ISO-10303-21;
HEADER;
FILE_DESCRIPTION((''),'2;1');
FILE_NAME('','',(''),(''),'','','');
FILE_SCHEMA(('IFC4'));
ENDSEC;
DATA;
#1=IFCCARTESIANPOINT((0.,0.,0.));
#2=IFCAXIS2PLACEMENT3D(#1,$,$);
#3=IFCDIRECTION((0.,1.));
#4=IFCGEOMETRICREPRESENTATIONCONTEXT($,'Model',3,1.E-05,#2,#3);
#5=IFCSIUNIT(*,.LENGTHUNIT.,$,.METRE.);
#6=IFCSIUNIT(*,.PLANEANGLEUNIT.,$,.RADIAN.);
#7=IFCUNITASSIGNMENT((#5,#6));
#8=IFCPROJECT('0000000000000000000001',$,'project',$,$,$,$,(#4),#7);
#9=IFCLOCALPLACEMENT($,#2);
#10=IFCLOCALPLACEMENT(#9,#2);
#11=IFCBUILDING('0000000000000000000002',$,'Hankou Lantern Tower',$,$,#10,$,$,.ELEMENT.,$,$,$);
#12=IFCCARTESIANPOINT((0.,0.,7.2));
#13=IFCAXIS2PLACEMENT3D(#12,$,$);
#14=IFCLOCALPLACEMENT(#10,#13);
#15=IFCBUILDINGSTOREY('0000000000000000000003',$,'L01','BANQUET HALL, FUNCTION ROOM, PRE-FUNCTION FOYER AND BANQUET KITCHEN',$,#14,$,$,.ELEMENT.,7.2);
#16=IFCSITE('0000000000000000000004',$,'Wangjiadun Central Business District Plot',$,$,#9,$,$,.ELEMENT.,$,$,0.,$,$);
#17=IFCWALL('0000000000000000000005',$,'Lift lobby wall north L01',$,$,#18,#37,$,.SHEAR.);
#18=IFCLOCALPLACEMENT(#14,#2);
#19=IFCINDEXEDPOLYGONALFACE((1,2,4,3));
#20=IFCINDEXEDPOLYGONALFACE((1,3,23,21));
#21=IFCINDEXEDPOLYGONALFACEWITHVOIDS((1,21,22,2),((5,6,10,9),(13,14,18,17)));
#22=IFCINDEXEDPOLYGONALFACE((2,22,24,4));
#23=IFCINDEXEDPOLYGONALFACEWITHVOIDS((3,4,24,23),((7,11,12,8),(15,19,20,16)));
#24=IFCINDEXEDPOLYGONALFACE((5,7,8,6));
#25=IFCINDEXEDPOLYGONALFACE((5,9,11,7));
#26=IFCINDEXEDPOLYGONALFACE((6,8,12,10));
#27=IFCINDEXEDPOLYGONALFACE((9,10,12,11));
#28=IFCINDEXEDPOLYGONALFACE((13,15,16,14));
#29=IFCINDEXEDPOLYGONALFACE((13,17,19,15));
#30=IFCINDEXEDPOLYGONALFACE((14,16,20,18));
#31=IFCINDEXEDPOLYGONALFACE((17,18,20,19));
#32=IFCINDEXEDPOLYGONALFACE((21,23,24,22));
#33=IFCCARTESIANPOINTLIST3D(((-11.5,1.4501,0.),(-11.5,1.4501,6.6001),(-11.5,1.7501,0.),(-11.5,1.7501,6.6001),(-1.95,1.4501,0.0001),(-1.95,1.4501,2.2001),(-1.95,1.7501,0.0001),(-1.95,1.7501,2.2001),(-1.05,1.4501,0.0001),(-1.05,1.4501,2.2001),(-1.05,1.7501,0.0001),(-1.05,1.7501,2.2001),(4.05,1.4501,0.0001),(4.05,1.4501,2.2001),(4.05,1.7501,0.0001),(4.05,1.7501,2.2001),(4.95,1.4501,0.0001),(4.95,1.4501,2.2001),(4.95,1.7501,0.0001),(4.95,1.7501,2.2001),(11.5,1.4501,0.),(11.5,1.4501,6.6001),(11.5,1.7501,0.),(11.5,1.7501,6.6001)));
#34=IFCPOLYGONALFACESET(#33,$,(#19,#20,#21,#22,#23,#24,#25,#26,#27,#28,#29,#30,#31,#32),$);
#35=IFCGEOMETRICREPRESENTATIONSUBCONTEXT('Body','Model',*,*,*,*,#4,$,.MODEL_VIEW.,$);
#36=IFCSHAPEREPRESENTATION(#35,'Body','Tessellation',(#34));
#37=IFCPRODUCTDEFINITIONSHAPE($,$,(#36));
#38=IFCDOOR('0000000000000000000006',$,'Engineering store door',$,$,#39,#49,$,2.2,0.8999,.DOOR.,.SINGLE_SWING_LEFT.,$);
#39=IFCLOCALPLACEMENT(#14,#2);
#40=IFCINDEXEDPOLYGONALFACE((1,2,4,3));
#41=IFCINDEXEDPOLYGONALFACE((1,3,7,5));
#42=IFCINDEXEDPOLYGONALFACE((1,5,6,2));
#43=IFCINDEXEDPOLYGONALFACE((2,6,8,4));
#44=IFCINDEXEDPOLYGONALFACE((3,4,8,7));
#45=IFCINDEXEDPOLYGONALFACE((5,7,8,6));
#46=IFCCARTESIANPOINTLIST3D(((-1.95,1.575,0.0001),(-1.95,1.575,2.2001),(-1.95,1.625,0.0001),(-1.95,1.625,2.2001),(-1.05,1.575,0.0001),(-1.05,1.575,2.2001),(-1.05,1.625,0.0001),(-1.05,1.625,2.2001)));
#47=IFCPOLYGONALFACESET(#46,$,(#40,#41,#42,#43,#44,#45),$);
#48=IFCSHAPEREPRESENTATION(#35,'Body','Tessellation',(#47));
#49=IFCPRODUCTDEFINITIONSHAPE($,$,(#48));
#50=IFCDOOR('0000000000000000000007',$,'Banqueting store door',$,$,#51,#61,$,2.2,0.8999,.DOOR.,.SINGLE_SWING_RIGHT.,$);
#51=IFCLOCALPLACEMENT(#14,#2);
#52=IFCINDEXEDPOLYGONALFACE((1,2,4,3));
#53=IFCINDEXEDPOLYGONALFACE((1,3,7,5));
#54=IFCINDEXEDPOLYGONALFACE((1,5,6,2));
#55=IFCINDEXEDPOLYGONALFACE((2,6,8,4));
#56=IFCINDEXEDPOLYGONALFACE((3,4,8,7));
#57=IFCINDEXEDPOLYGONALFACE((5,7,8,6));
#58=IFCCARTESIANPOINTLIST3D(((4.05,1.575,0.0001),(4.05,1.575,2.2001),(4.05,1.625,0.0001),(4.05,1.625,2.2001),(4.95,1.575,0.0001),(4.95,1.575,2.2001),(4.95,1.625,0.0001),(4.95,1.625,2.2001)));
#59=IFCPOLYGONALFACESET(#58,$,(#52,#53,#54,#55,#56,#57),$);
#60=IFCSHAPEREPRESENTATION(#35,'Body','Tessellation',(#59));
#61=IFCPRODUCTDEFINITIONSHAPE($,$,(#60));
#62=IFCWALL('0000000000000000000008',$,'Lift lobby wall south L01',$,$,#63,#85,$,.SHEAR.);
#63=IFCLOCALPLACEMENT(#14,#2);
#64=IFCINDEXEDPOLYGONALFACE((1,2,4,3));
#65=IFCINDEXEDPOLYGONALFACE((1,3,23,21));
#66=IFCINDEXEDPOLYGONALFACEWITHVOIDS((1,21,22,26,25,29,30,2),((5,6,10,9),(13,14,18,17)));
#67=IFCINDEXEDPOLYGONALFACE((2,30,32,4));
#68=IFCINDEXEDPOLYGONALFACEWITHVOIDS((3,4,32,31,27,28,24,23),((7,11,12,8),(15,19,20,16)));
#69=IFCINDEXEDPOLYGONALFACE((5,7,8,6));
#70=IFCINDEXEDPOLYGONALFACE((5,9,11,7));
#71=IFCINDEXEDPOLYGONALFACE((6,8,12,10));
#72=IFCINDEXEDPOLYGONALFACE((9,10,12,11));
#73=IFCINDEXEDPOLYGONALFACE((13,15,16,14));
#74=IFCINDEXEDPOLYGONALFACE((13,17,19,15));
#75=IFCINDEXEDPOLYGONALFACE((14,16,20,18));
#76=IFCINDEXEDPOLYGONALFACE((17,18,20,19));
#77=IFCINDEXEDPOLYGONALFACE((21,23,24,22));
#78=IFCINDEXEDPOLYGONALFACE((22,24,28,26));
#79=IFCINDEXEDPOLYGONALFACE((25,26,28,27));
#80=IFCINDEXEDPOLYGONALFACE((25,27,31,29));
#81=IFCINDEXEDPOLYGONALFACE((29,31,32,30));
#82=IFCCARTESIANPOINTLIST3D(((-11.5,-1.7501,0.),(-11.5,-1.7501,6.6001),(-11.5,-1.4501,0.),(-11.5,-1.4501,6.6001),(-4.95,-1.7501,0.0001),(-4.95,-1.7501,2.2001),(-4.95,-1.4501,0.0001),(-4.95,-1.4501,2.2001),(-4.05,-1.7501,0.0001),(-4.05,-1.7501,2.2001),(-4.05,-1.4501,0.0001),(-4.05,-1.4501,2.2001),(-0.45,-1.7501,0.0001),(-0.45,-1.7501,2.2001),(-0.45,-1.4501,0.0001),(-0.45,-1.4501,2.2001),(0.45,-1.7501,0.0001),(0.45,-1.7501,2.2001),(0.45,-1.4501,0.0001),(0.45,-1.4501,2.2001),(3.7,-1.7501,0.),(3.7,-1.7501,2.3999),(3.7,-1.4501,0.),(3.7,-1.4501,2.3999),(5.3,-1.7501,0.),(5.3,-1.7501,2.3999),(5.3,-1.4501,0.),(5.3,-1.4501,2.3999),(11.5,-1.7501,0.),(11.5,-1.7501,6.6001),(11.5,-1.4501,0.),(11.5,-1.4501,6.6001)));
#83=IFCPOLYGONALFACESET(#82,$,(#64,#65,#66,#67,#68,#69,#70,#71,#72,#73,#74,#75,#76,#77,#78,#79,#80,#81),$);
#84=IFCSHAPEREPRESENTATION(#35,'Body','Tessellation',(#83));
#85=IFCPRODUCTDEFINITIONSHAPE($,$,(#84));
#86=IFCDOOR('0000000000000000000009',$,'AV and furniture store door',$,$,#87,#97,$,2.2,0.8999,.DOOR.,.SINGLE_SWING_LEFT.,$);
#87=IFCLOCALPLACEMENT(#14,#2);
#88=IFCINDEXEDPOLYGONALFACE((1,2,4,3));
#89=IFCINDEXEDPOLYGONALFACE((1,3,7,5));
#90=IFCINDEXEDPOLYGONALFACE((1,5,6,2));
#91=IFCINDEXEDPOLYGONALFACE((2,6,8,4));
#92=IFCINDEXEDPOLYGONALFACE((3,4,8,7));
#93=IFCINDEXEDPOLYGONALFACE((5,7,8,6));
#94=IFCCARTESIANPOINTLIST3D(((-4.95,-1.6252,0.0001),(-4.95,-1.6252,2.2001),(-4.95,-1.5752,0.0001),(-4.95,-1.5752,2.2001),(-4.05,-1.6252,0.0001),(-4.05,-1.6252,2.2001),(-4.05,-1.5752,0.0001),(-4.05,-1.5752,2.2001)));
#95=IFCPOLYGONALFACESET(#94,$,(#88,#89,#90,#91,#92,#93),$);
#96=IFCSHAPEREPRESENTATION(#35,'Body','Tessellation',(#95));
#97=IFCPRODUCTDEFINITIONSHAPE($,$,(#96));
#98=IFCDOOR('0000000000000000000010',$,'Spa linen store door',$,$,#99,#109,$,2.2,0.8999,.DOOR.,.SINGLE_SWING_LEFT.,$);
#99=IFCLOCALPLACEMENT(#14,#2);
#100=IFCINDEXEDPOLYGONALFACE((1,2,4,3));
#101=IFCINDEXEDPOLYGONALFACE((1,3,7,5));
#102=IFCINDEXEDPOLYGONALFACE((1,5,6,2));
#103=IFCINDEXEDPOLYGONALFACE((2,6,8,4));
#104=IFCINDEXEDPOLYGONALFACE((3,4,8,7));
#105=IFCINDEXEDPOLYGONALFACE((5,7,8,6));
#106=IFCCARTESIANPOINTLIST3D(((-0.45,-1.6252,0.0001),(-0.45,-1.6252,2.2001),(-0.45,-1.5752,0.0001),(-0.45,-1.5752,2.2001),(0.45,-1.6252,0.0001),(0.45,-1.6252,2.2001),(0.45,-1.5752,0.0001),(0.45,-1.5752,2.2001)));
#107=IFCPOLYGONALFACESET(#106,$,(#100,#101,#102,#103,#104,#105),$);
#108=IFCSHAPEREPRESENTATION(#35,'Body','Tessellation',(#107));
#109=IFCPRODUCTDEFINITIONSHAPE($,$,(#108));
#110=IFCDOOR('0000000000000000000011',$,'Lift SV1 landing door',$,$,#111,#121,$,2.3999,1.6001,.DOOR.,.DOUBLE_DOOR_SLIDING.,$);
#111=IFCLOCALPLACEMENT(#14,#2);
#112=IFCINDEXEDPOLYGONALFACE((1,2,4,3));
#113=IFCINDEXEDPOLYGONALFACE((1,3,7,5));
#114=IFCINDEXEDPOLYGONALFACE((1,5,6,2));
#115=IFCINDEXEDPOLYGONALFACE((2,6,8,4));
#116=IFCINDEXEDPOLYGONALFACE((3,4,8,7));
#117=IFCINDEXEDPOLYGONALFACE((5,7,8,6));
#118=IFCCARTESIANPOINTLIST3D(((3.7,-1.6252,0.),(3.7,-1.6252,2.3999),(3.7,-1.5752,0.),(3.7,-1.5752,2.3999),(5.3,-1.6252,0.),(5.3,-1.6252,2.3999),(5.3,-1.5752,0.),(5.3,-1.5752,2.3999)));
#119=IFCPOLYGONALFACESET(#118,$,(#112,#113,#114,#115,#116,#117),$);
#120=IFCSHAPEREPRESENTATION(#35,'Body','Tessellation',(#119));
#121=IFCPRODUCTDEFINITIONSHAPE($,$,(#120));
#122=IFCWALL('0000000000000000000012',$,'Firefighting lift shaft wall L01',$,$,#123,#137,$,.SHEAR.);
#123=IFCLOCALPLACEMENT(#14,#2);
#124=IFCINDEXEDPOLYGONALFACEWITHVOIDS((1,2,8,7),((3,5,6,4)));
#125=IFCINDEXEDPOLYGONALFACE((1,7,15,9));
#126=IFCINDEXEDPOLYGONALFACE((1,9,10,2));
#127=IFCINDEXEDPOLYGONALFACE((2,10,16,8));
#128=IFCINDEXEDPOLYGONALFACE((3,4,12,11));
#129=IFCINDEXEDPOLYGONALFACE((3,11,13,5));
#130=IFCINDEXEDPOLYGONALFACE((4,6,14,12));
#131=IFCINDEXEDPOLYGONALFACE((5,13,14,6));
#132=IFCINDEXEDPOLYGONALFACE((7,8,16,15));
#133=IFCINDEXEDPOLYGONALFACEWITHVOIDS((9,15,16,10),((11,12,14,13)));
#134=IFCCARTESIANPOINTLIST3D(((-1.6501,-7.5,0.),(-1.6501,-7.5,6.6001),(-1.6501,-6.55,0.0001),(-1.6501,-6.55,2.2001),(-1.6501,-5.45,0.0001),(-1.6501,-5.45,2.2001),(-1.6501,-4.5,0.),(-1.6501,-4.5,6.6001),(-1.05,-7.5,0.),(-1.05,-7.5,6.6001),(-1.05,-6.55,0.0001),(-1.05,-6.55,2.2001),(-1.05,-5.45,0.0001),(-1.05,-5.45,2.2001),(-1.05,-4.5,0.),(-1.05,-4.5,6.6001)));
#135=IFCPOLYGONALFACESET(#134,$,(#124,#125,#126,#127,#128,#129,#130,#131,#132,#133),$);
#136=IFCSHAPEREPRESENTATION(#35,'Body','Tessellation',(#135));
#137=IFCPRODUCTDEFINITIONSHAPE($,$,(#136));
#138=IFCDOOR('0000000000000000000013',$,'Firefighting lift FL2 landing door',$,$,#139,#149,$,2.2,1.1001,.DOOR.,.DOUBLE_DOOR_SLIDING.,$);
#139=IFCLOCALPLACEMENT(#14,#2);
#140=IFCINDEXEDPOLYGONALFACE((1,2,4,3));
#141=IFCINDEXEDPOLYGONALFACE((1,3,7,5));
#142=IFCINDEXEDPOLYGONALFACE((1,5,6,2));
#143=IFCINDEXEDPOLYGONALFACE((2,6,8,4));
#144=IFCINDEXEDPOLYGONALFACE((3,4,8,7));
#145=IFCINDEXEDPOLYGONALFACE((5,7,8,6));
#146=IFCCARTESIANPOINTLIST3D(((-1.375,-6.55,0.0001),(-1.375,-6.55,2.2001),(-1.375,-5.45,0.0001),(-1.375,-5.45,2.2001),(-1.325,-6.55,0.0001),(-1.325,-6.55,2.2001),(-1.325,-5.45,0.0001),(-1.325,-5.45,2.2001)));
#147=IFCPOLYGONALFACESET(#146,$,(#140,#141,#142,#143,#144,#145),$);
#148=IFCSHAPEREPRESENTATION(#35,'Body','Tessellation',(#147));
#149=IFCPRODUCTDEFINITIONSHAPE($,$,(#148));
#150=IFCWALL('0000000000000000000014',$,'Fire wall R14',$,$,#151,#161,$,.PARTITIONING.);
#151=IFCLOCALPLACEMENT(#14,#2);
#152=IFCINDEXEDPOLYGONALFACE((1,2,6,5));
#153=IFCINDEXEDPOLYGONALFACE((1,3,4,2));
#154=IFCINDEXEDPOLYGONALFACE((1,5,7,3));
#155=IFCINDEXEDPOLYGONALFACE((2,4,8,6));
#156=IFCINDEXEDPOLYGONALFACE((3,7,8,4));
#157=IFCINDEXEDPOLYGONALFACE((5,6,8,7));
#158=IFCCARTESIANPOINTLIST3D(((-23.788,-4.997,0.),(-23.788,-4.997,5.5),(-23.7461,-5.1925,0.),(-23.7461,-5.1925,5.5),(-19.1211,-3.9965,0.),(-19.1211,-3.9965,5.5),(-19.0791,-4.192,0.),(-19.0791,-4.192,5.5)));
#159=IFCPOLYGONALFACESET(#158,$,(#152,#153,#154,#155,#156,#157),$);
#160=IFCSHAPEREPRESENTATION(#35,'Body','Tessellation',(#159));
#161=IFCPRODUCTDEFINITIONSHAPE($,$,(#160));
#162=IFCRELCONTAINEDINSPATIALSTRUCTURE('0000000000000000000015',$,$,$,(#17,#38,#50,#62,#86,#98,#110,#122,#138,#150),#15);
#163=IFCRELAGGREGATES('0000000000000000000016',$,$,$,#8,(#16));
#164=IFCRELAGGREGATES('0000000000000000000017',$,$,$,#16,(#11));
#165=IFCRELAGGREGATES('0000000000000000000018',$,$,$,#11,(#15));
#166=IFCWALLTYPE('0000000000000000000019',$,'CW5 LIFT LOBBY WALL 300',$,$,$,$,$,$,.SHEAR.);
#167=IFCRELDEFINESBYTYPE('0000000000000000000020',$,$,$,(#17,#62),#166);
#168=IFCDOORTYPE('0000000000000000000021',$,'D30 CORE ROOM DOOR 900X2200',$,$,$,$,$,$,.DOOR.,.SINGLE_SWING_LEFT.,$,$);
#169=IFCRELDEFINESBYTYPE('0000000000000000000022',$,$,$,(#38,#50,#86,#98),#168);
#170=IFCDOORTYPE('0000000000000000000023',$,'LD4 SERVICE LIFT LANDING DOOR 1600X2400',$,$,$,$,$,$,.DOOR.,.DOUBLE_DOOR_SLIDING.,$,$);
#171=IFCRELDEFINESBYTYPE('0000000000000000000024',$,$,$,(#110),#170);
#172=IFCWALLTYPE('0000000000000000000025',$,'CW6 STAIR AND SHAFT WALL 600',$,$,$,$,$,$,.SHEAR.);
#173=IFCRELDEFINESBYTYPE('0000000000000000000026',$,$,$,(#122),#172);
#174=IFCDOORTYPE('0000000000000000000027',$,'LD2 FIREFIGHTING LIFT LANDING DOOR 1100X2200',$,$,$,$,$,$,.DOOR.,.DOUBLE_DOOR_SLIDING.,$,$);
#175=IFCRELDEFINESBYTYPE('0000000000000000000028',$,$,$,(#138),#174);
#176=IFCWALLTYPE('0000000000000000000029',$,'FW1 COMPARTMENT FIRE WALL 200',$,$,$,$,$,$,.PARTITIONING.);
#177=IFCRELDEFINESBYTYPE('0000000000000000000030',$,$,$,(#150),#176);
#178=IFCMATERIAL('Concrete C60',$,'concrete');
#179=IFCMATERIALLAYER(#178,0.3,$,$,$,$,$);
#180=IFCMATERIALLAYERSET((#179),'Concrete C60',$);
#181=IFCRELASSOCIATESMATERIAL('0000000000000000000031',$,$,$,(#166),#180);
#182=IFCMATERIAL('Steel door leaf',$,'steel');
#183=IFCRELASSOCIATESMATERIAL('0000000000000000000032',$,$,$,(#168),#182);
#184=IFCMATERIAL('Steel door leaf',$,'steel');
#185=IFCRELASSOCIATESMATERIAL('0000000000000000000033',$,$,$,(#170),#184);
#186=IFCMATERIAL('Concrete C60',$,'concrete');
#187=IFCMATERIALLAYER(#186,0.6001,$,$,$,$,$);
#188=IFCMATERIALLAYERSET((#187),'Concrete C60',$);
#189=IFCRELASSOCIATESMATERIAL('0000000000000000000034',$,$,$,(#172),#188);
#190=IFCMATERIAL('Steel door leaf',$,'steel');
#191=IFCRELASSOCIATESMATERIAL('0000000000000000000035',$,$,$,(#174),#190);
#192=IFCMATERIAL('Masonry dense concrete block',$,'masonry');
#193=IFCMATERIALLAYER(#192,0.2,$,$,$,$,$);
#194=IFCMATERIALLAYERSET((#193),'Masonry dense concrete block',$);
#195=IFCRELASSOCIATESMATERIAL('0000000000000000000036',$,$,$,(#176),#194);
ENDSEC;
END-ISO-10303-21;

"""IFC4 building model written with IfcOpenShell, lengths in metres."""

from ifc_helpers import new_model, si_unit, direction, frame, frame_2d, origin, place, context, subcontext, project, spatial, rectangle, extrude, material, layer, layer_set, type_object, element, fill, save


model = new_model("IFC4")

# Units and contexts
model_context = context("Model", 3, precision=1e-05, world=origin(), true_north=direction((0.0, 1.0)))
body_context = subcontext(model_context, "Body", "Model", "MODEL_VIEW")
ifc_project = project(units=[si_unit("LENGTHUNIT", "METRE"), si_unit("PLANEANGLEUNIT", "RADIAN")], contexts=[model_context])

# Site, building, storey
site_placement = place(None, origin())
site = spatial("IfcSite", under=ifc_project, at=site_placement, Name="Wangjiadun Central Business District Plot", CompositionType="ELEMENT", RefElevation=0.0)
building_placement = place(site_placement, origin())
building = spatial("IfcBuilding", under=site, at=building_placement, Name="Hankou Lantern Tower", CompositionType="ELEMENT")
storey_placement = place(building_placement, frame((0.0, 0.0, 7.2)))
storey = spatial("IfcBuildingStorey", under=building, at=storey_placement, Name="L01", Description="BANQUET HALL, FUNCTION ROOM, PRE-FUNCTION FOYER AND BANQUET KITCHEN", CompositionType="ELEMENT", Elevation=7.2)

# Walls, openings, doors
ifc_material_1 = material(Name="Concrete C60", Category="concrete")
ifc_layer_1 = layer(ifc_material_1, 0.3)
ifc_layer_set_1 = layer_set([ifc_layer_1], Name="Concrete C60")
wall_type_1 = type_object("IfcWallType", Name="CW5 LIFT LOBBY WALL 300", PredefinedType="SHEAR", material=ifc_layer_set_1)
wall_1_placement = place(storey_placement, frame((-11.5, 1.6001, 0.0), z_axis=(0.0, 0.0, 1.0), x_axis=(1.0, 0.0, 0.0)))
wall_1 = element("IfcWall", 1, at=wall_1_placement, inside=storey, type_object=wall_type_1, Name="Lift lobby wall north L01", PredefinedType="SHEAR", context=body_context, shape_type="SweptSolid", body=[
    extrude(rectangle(XDim=23.0, YDim=0.3, at=frame_2d((11.5, 0.0))), origin(), (0.0, 0.0, 1.0), 6.6001),
])
opening_1_placement = place(wall_1_placement, frame((9.55, 0.0, 0.0)))
opening_1 = element("IfcOpeningElement", 2, at=opening_1_placement, cuts=wall_1, PredefinedType="OPENING", context=body_context, shape_type="SweptSolid", body=[
    extrude(rectangle(XDim=0.8999, YDim=2.2, at=frame_2d((0.45, 1.1001))), frame((0.0, 0.1599, 0.0), z_axis=(0.0, -1.0, 0.0), x_axis=(1.0, 0.0, 0.0)), (0.0, 0.0, 1.0), 0.3201),
])
opening_2_placement = place(wall_1_placement, frame((15.55, 0.0, 0.0)))
opening_2 = element("IfcOpeningElement", 3, at=opening_2_placement, cuts=wall_1, PredefinedType="OPENING", context=body_context, shape_type="SweptSolid", body=[
    extrude(rectangle(XDim=0.8999, YDim=2.2, at=frame_2d((0.45, 1.1001))), frame((0.0, 0.1599, 0.0), z_axis=(0.0, -1.0, 0.0), x_axis=(1.0, 0.0, 0.0)), (0.0, 0.0, 1.0), 0.3201),
])
ifc_material_2 = material(Name="Steel door leaf", Category="steel")
door_type_1 = type_object("IfcDoorType", Name="D30 CORE ROOM DOOR 900X2200", OperationType="SINGLE_SWING_LEFT", PredefinedType="DOOR", material=ifc_material_2)
door_1_placement = place(opening_1_placement, origin())
door_1 = element("IfcDoor", 4, at=door_1_placement, inside=storey, type_object=door_type_1, Name="Engineering store door", OperationType="SINGLE_SWING_LEFT", OverallHeight=2.2, OverallWidth=0.8999, PredefinedType="DOOR", context=body_context, shape_type="SweptSolid", body=[
    extrude(rectangle(XDim=0.8999, YDim=2.2, at=frame_2d((0.45, 1.1001))), frame((0.0, 0.0249, 0.0), z_axis=(0.0, -1.0, 0.0), x_axis=(1.0, 0.0, 0.0)), (0.0, 0.0, 1.0), 0.05),
])
fill(opening_1, door_1)
door_2_placement = place(opening_2_placement, origin())
door_2 = element("IfcDoor", 5, at=door_2_placement, inside=storey, type_object=door_type_1, Name="Banqueting store door", OperationType="SINGLE_SWING_RIGHT", OverallHeight=2.2, OverallWidth=0.8999, PredefinedType="DOOR", context=body_context, shape_type="SweptSolid", body=[
    extrude(rectangle(XDim=0.8999, YDim=2.2, at=frame_2d((0.45, 1.1001))), frame((0.0, 0.0249, 0.0), z_axis=(0.0, -1.0, 0.0), x_axis=(1.0, 0.0, 0.0)), (0.0, 0.0, 1.0), 0.05),
])
fill(opening_2, door_2)
wall_2_placement = place(storey_placement, frame((-11.5, -1.6001, 0.0), z_axis=(0.0, 0.0, 1.0), x_axis=(1.0, 0.0, 0.0)))
wall_2 = element("IfcWall", 6, at=wall_2_placement, inside=storey, type_object=wall_type_1, Name="Lift lobby wall south L01", PredefinedType="SHEAR", context=body_context, shape_type="SweptSolid", body=[
    extrude(rectangle(XDim=23.0, YDim=0.3, at=frame_2d((11.5, 0.0))), origin(), (0.0, 0.0, 1.0), 6.6001),
])
opening_3_placement = place(wall_2_placement, frame((15.2, 0.0, 0.0)))
opening_3 = element("IfcOpeningElement", 7, at=opening_3_placement, cuts=wall_2, PredefinedType="OPENING", context=body_context, shape_type="SweptSolid", body=[
    extrude(rectangle(XDim=1.6001, YDim=2.3999, at=frame_2d((0.8, 1.2))), frame((0.0, 0.1599, 0.0), z_axis=(0.0, -1.0, 0.0), x_axis=(1.0, 0.0, 0.0)), (0.0, 0.0, 1.0), 0.3201),
])
opening_4_placement = place(wall_2_placement, frame((6.55, 0.0, 0.0)))
opening_4 = element("IfcOpeningElement", 8, at=opening_4_placement, cuts=wall_2, PredefinedType="OPENING", context=body_context, shape_type="SweptSolid", body=[
    extrude(rectangle(XDim=0.8999, YDim=2.2, at=frame_2d((0.45, 1.1001))), frame((0.0, 0.1599, 0.0), z_axis=(0.0, -1.0, 0.0), x_axis=(1.0, 0.0, 0.0)), (0.0, 0.0, 1.0), 0.3201),
])
opening_5_placement = place(wall_2_placement, frame((11.05, 0.0, 0.0)))
opening_5 = element("IfcOpeningElement", 9, at=opening_5_placement, cuts=wall_2, PredefinedType="OPENING", context=body_context, shape_type="SweptSolid", body=[
    extrude(rectangle(XDim=0.8999, YDim=2.2, at=frame_2d((0.45, 1.1001))), frame((0.0, 0.1599, 0.0), z_axis=(0.0, -1.0, 0.0), x_axis=(1.0, 0.0, 0.0)), (0.0, 0.0, 1.0), 0.3201),
])
door_3_placement = place(opening_4_placement, origin())
door_3 = element("IfcDoor", 10, at=door_3_placement, inside=storey, type_object=door_type_1, Name="AV and furniture store door", OperationType="SINGLE_SWING_LEFT", OverallHeight=2.2, OverallWidth=0.8999, PredefinedType="DOOR", context=body_context, shape_type="SweptSolid", body=[
    extrude(rectangle(XDim=0.8999, YDim=2.2, at=frame_2d((0.45, 1.1001))), frame((0.0, 0.0249, 0.0), z_axis=(0.0, -1.0, 0.0), x_axis=(1.0, 0.0, 0.0)), (0.0, 0.0, 1.0), 0.05),
])
fill(opening_4, door_3)
door_4_placement = place(opening_5_placement, origin())
door_4 = element("IfcDoor", 11, at=door_4_placement, inside=storey, type_object=door_type_1, Name="Spa linen store door", OperationType="SINGLE_SWING_LEFT", OverallHeight=2.2, OverallWidth=0.8999, PredefinedType="DOOR", context=body_context, shape_type="SweptSolid", body=[
    extrude(rectangle(XDim=0.8999, YDim=2.2, at=frame_2d((0.45, 1.1001))), frame((0.0, 0.0249, 0.0), z_axis=(0.0, -1.0, 0.0), x_axis=(1.0, 0.0, 0.0)), (0.0, 0.0, 1.0), 0.05),
])
fill(opening_5, door_4)
ifc_material_3 = material(Name="Steel door leaf", Category="steel")
door_type_2 = type_object("IfcDoorType", Name="LD4 SERVICE LIFT LANDING DOOR 1600X2400", OperationType="DOUBLE_DOOR_SLIDING", PredefinedType="DOOR", material=ifc_material_3)
door_5_placement = place(opening_3_placement, origin())
door_5 = element("IfcDoor", 12, at=door_5_placement, inside=storey, type_object=door_type_2, Name="Lift SV1 landing door", OperationType="DOUBLE_DOOR_SLIDING", OverallHeight=2.3999, OverallWidth=1.6001, PredefinedType="DOOR", context=body_context, shape_type="SweptSolid", body=[
    extrude(rectangle(XDim=1.6001, YDim=2.3999, at=frame_2d((0.8, 1.2))), frame((0.0, 0.0249, 0.0), z_axis=(0.0, -1.0, 0.0), x_axis=(1.0, 0.0, 0.0)), (0.0, 0.0, 1.0), 0.05),
])
fill(opening_3, door_5)

# Wall, opening, door
ifc_material_4 = material(Name="Concrete C60", Category="concrete")
ifc_layer_2 = layer(ifc_material_4, 0.6001)
ifc_layer_set_2 = layer_set([ifc_layer_2], Name="Concrete C60")
wall_type_2 = type_object("IfcWallType", Name="CW6 STAIR AND SHAFT WALL 600", PredefinedType="SHEAR", material=ifc_layer_set_2)
wall_3_placement = place(storey_placement, frame((-1.3501, -7.5, 0.0), z_axis=(0.0, 0.0, 1.0), x_axis=(0.0, 1.0, 0.0)))
wall_3 = element("IfcWall", 13, at=wall_3_placement, inside=storey, type_object=wall_type_2, Name="Firefighting lift shaft wall L01", PredefinedType="SHEAR", context=body_context, shape_type="SweptSolid", body=[
    extrude(rectangle(XDim=3.0, YDim=0.6001, at=frame_2d((1.5, 0.0))), origin(), (0.0, 0.0, 1.0), 6.6001),
])
opening_6_placement = place(wall_3_placement, frame((0.95, 0.0, 0.0)))
opening_6 = element("IfcOpeningElement", 14, at=opening_6_placement, cuts=wall_3, PredefinedType="OPENING", context=body_context, shape_type="SweptSolid", body=[
    extrude(rectangle(XDim=1.1001, YDim=2.2, at=frame_2d((0.55, 1.1001))), frame((0.0, 0.3101, 0.0), z_axis=(0.0, -1.0, 0.0), x_axis=(1.0, 0.0, 0.0)), (0.0, 0.0, 1.0), 0.6201),
])
ifc_material_5 = material(Name="Steel door leaf", Category="steel")
door_type_3 = type_object("IfcDoorType", Name="LD2 FIREFIGHTING LIFT LANDING DOOR 1100X2200", OperationType="DOUBLE_DOOR_SLIDING", PredefinedType="DOOR", material=ifc_material_5)
door_6_placement = place(opening_6_placement, origin())
door_6 = element("IfcDoor", 15, at=door_6_placement, inside=storey, type_object=door_type_3, Name="Firefighting lift FL2 landing door", OperationType="DOUBLE_DOOR_SLIDING", OverallHeight=2.2, OverallWidth=1.1001, PredefinedType="DOOR", context=body_context, shape_type="SweptSolid", body=[
    extrude(rectangle(XDim=1.1001, YDim=2.2, at=frame_2d((0.55, 1.1001))), frame((0.0, 0.0249, 0.0), z_axis=(0.0, -1.0, 0.0), x_axis=(1.0, 0.0, 0.0)), (0.0, 0.0, 1.0), 0.05),
])
fill(opening_6, door_6)

# Wall
ifc_material_6 = material(Name="Masonry dense concrete block", Category="masonry")
ifc_layer_3 = layer(ifc_material_6, 0.2)
ifc_layer_set_3 = layer_set([ifc_layer_3], Name="Masonry dense concrete block")
wall_type_3 = type_object("IfcWallType", Name="FW1 COMPARTMENT FIRE WALL 200", PredefinedType="PARTITIONING", material=ifc_layer_set_3)
wall_4_placement = place(storey_placement, frame((-19.1001, -4.0942, 0.0), z_axis=(0.0, 0.0, 1.0), x_axis=(-0.977784, -0.209613, 0.0)))
element("IfcWall", 16, at=wall_4_placement, inside=storey, type_object=wall_type_3, Name="Fire wall R14", PredefinedType="PARTITIONING", context=body_context, shape_type="SweptSolid", body=[
    extrude(rectangle(XDim=4.7729, YDim=0.2, at=frame_2d((2.3865, 0.0))), origin(), (0.0, 0.0, 1.0), 5.5),
])

save(model, "model.ifc")
